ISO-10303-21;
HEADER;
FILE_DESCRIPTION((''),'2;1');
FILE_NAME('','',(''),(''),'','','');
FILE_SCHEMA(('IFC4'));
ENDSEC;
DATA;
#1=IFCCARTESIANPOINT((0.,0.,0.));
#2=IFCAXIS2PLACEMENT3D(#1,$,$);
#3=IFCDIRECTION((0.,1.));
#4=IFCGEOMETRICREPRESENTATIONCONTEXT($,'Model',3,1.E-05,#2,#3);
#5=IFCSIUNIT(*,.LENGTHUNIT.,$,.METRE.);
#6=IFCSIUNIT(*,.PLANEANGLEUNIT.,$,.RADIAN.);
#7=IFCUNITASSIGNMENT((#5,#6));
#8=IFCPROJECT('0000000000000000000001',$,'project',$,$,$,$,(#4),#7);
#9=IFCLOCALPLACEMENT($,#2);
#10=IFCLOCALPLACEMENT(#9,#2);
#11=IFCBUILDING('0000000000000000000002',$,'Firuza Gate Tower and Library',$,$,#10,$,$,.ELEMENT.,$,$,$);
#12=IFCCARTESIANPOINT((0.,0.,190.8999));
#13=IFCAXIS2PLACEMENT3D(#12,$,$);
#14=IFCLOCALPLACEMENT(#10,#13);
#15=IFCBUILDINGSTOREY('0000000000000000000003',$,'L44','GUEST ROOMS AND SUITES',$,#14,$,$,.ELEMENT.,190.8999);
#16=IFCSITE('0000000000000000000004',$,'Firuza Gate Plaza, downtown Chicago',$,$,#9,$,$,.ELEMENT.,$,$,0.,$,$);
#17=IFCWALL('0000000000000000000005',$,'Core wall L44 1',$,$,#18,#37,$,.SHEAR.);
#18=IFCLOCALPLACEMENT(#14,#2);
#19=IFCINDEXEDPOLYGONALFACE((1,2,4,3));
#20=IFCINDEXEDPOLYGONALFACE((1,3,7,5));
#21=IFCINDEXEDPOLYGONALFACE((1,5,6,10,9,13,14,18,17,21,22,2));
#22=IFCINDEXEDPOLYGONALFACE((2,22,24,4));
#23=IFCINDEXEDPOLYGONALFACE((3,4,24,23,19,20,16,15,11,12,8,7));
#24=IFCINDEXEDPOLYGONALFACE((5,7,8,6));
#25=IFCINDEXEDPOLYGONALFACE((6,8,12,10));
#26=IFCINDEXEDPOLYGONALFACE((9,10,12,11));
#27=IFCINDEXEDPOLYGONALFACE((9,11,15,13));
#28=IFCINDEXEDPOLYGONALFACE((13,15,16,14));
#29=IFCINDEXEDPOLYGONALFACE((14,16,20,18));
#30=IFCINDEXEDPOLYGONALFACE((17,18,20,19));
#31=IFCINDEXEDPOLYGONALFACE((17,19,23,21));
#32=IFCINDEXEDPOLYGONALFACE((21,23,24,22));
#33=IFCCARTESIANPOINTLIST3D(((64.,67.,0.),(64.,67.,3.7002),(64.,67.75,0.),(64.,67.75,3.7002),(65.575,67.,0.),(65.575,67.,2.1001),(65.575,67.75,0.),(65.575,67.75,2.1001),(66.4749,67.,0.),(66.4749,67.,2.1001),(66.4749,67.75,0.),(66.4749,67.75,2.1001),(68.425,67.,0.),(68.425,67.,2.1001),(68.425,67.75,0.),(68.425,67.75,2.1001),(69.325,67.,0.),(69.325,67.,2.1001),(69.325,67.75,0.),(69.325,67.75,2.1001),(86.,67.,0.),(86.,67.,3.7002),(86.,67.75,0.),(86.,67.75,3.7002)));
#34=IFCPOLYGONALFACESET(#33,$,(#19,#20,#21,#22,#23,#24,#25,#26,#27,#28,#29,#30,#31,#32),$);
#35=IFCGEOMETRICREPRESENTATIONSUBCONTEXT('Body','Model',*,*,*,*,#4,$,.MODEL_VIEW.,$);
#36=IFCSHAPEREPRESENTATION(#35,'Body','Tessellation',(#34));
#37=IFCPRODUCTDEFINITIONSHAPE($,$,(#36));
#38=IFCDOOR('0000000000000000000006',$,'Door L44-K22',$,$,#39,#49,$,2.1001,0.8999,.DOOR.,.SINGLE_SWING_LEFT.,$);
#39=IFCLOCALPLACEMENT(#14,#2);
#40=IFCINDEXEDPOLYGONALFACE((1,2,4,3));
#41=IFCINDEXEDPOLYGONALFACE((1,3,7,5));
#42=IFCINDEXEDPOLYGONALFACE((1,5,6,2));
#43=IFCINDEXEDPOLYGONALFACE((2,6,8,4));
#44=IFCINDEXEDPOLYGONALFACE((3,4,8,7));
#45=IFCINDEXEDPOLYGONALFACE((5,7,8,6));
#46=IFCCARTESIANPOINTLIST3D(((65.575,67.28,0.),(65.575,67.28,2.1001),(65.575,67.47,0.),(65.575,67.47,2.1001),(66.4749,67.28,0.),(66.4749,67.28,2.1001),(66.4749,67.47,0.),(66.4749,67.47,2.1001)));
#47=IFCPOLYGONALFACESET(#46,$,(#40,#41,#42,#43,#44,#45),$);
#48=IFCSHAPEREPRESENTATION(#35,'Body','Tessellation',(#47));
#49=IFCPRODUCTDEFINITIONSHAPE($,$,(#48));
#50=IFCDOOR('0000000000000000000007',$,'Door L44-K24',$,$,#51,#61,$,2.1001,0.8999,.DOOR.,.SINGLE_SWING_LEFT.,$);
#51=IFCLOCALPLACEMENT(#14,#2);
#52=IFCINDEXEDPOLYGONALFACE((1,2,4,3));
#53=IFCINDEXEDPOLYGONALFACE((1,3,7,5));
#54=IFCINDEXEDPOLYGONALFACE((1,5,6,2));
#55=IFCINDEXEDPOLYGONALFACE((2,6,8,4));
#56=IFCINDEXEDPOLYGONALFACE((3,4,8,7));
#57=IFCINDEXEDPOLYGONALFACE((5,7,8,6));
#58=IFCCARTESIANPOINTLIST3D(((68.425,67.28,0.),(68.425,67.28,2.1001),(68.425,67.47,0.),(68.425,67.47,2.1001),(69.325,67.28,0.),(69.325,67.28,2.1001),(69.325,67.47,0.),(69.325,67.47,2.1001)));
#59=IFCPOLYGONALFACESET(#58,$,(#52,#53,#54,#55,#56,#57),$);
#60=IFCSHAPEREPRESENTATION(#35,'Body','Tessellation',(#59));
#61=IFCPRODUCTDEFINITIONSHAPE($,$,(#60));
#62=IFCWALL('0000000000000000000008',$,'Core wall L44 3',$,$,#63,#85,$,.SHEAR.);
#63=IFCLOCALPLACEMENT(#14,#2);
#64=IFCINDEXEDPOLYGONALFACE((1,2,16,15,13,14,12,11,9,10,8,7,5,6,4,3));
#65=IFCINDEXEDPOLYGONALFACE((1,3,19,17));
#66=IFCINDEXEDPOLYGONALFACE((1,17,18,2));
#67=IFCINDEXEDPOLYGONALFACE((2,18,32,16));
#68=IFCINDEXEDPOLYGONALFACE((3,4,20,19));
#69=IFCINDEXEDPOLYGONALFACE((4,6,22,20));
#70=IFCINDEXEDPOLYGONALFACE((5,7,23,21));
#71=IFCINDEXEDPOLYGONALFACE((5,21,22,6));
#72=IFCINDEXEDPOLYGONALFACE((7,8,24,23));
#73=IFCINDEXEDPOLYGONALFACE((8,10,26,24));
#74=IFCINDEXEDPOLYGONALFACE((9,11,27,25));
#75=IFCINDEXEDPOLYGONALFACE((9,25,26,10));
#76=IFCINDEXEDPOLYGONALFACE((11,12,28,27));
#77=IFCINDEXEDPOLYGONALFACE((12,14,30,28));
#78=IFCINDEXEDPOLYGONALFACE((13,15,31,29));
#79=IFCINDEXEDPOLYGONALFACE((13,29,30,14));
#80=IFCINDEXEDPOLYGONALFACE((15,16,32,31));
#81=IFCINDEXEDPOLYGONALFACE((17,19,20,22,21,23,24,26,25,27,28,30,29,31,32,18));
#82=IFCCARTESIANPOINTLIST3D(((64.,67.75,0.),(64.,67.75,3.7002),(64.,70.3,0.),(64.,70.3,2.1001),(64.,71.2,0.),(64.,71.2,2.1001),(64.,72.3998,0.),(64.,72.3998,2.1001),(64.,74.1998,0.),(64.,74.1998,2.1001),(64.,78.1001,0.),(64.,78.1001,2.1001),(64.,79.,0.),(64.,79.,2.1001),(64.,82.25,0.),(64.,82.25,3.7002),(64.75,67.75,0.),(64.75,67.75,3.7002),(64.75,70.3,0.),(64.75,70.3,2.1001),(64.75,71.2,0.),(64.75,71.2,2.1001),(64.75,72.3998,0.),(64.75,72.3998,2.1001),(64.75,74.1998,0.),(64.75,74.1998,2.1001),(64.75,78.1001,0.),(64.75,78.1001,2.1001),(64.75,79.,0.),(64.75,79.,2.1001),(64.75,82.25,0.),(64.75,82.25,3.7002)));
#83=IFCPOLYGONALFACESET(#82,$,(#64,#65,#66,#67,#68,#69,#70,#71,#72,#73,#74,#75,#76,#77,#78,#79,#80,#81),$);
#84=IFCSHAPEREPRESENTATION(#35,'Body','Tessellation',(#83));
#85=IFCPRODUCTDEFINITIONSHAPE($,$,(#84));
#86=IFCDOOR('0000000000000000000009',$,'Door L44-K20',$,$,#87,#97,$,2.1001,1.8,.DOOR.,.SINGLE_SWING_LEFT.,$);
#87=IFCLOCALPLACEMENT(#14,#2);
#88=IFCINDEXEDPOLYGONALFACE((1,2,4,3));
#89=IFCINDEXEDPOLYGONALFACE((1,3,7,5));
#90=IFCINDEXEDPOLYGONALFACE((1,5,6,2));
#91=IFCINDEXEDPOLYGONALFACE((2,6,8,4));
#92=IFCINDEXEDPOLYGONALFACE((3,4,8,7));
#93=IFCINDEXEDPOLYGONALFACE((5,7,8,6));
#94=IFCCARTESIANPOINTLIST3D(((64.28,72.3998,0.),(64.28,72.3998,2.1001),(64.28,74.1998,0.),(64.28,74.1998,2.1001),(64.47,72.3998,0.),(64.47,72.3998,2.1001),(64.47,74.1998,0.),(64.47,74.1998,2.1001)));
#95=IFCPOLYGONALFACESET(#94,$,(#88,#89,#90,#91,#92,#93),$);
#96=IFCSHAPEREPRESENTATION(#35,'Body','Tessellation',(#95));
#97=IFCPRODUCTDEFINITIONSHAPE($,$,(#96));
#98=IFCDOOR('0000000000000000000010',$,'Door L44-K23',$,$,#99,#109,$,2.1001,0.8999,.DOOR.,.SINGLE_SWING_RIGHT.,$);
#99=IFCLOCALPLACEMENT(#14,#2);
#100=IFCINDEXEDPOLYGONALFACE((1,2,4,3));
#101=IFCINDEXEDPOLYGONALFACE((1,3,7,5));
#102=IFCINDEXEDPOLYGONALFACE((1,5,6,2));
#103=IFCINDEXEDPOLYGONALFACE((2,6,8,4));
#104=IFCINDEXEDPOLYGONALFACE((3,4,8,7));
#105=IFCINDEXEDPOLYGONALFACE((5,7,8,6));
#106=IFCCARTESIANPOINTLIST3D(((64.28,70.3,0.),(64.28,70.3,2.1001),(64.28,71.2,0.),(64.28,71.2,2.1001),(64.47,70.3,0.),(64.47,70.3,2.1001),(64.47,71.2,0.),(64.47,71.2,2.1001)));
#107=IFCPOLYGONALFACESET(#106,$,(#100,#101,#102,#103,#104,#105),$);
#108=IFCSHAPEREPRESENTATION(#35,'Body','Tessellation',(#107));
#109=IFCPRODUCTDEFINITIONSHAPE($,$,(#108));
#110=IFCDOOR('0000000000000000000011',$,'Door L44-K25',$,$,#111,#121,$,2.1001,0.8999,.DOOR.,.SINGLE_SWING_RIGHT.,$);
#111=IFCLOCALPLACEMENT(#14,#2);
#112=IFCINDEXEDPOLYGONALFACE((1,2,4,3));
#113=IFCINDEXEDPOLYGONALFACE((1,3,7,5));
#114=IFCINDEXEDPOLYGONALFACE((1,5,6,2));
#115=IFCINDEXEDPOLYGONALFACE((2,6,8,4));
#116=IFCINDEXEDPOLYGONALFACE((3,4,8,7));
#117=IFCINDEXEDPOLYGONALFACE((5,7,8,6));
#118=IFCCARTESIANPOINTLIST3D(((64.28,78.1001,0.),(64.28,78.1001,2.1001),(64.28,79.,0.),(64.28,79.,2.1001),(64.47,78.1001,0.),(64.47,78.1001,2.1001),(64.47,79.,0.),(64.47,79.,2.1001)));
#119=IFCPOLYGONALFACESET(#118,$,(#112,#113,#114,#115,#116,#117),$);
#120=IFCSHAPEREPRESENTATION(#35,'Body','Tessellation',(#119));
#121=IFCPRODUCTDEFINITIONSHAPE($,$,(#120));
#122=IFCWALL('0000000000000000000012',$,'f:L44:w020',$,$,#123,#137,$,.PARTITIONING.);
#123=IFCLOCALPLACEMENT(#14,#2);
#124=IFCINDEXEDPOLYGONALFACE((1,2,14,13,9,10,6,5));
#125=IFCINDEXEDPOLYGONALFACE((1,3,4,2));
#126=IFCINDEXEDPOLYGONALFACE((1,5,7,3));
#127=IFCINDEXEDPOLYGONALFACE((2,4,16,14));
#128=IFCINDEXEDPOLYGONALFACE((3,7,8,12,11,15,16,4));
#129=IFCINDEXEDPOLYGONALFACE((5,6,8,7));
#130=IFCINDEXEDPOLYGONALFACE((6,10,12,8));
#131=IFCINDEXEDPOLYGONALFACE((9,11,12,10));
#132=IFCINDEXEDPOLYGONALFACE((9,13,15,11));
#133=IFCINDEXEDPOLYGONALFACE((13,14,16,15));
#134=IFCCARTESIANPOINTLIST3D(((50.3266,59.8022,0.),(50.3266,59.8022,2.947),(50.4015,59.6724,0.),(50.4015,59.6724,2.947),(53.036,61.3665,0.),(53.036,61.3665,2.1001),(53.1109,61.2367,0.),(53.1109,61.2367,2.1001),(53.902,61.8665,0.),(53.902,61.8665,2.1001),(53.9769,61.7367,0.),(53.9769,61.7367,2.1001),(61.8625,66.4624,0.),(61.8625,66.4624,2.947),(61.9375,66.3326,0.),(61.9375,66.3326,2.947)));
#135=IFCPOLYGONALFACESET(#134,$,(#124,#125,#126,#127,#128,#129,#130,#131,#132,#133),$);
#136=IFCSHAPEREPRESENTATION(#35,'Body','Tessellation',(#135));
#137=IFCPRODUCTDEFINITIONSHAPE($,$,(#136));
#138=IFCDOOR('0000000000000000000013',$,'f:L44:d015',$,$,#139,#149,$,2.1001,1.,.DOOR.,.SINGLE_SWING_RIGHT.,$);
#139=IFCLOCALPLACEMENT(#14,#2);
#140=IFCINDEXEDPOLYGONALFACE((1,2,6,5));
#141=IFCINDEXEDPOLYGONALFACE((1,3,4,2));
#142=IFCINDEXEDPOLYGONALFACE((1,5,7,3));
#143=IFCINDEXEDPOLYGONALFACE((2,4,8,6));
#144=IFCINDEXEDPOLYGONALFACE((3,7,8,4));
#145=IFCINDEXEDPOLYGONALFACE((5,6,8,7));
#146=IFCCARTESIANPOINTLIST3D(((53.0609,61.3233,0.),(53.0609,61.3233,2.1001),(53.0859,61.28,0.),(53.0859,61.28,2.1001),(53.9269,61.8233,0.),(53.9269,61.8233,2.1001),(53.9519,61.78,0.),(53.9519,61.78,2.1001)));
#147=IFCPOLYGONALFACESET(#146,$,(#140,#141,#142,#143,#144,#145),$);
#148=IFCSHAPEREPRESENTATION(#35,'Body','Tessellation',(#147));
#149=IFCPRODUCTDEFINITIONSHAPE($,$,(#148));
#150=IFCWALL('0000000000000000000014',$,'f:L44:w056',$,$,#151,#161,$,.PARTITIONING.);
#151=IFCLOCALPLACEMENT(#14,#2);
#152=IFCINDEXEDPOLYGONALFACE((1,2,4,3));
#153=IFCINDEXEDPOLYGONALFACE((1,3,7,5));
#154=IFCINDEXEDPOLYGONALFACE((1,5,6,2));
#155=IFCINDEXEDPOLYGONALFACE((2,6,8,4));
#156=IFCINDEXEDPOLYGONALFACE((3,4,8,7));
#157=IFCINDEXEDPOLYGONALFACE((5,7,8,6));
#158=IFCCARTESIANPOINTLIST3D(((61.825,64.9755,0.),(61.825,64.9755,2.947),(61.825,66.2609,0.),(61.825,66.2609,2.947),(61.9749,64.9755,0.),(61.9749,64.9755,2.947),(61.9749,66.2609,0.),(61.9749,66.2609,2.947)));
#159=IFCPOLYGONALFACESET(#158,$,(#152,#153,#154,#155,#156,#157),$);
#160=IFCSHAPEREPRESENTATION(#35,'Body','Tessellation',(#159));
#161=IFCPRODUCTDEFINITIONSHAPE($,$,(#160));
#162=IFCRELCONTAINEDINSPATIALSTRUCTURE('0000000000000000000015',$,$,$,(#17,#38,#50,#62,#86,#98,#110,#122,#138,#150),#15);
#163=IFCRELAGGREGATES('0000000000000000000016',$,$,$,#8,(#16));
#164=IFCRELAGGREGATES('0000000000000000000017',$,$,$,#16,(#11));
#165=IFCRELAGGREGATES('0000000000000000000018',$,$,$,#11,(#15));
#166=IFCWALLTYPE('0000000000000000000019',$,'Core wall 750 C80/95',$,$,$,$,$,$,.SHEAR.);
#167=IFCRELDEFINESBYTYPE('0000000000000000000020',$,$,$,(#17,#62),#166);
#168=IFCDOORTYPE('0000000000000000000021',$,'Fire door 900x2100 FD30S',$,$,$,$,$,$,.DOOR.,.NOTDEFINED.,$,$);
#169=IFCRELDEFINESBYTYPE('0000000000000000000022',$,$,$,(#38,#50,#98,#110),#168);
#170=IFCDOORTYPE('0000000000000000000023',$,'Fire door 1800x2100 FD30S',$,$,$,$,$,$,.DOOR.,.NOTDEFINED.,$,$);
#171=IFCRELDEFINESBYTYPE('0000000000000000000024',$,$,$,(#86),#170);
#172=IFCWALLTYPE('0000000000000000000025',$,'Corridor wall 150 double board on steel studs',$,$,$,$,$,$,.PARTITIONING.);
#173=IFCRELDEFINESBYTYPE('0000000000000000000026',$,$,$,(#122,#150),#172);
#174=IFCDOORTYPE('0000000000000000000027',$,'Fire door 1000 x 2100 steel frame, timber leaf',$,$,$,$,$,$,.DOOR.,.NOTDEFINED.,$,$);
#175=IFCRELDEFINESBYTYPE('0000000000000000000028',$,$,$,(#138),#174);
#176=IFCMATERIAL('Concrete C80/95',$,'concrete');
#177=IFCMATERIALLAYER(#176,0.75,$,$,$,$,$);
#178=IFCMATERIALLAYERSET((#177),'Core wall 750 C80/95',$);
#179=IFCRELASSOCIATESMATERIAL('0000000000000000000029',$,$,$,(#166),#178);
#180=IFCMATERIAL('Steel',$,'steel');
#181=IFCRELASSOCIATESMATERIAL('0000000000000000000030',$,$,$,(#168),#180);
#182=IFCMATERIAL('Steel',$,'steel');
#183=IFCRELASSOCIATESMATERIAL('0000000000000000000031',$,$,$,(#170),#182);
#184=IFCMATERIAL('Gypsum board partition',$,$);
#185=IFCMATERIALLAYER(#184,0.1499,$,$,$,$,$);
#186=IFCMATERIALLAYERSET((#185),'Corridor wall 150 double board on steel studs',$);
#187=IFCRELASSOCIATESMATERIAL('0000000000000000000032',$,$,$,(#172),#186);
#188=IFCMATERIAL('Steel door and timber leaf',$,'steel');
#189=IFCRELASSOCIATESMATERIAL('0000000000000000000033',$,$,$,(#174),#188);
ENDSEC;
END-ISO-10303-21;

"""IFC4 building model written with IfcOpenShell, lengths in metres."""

from ifc_helpers import new_model, si_unit, direction, frame, frame_2d, origin, place, context, subcontext, project, spatial, rectangle, extrude, material, layer, layer_set, type_object, element, fill, save


model = new_model("IFC4")

# Units and contexts
model_context = context("Model", 3, precision=1e-05, world=origin(), true_north=direction((0.0, 1.0)))
body_context = subcontext(model_context, "Body", "Model", "MODEL_VIEW")
ifc_project = project(units=[si_unit("LENGTHUNIT", "METRE"), si_unit("PLANEANGLEUNIT", "RADIAN")], contexts=[model_context])

# Site, building, storey
site_placement = place(None, origin())
site = spatial("IfcSite", under=ifc_project, at=site_placement, Name="Firuza Gate Plaza, downtown Chicago", CompositionType="ELEMENT", RefElevation=0.0)
building_placement = place(site_placement, origin())
building = spatial("IfcBuilding", under=site, at=building_placement, Name="Firuza Gate Tower and Library", CompositionType="ELEMENT")
storey_placement = place(building_placement, frame((0.0, 0.0, 190.8999)))
storey = spatial("IfcBuildingStorey", under=building, at=storey_placement, Name="L44", Description="GUEST ROOMS AND SUITES", CompositionType="ELEMENT", Elevation=190.8999)

# Walls, openings, doors
ifc_material_1 = material(Name="Concrete C80/95", Category="concrete")
ifc_layer_1 = layer(ifc_material_1, 0.75)
ifc_layer_set_1 = layer_set([ifc_layer_1], Name="Core wall 750 C80/95")
wall_type_1 = type_object("IfcWallType", Name="Core wall 750 C80/95", PredefinedType="SHEAR", material=ifc_layer_set_1)
wall_1_placement = place(storey_placement, frame((64.0, 67.375, 0.0), z_axis=(0.0, 0.0, 1.0), x_axis=(1.0, 0.0, 0.0)))
wall_1 = element("IfcWall", 1, at=wall_1_placement, inside=storey, type_object=wall_type_1, Name="Core wall L44 1", PredefinedType="SHEAR", context=body_context, shape_type="SweptSolid", body=[
    extrude(rectangle(XDim=22.0, YDim=0.75, at=frame_2d((11.0, 0.0))), origin(), (0.0, 0.0, 1.0), 3.7002),
])
opening_1_placement = place(wall_1_placement, frame((1.575, 0.0, 0.0)))
opening_1 = element("IfcOpeningElement", 2, at=opening_1_placement, cuts=wall_1, PredefinedType="OPENING", context=body_context, shape_type="SweptSolid", body=[
    extrude(rectangle(XDim=0.8999, YDim=2.1001, at=frame_2d((0.45, 1.05))), frame((0.0, 0.385, 0.0), z_axis=(0.0, -1.0, 0.0), x_axis=(1.0, 0.0, 0.0)), (0.0, 0.0, 1.0), 0.77),
])
opening_2_placement = place(wall_1_placement, frame((4.425, 0.0, 0.0)))
opening_2 = element("IfcOpeningElement", 3, at=opening_2_placement, cuts=wall_1, PredefinedType="OPENING", context=body_context, shape_type="SweptSolid", body=[
    extrude(rectangle(XDim=0.8999, YDim=2.1001, at=frame_2d((0.45, 1.05))), frame((0.0, 0.385, 0.0), z_axis=(0.0, -1.0, 0.0), x_axis=(1.0, 0.0, 0.0)), (0.0, 0.0, 1.0), 0.77),
])
ifc_material_2 = material(Name="Steel", Category="steel")
door_type_1 = type_object("IfcDoorType", Name="Fire door 900x2100 FD30S", OperationType="NOTDEFINED", PredefinedType="DOOR", material=ifc_material_2)
door_1_placement = place(opening_1_placement, origin())
door_1 = element("IfcDoor", 4, at=door_1_placement, inside=storey, type_object=door_type_1, Name="Door L44-K22", OperationType="SINGLE_SWING_LEFT", OverallHeight=2.1001, OverallWidth=0.8999, PredefinedType="DOOR", context=body_context, shape_type="SweptSolid", body=[
    extrude(rectangle(XDim=0.8999, YDim=2.1001, at=frame_2d((0.45, 1.05))), frame((0.0, 0.095, 0.0), z_axis=(0.0, -1.0, 0.0), x_axis=(1.0, 0.0, 0.0)), (0.0, 0.0, 1.0), 0.1899),
])
fill(opening_1, door_1)
door_2_placement = place(opening_2_placement, origin())
door_2 = element("IfcDoor", 5, at=door_2_placement, inside=storey, type_object=door_type_1, Name="Door L44-K24", OperationType="SINGLE_SWING_LEFT", OverallHeight=2.1001, OverallWidth=0.8999, PredefinedType="DOOR", context=body_context, shape_type="SweptSolid", body=[
    extrude(rectangle(XDim=0.8999, YDim=2.1001, at=frame_2d((0.45, 1.05))), frame((0.0, 0.095, 0.0), z_axis=(0.0, -1.0, 0.0), x_axis=(1.0, 0.0, 0.0)), (0.0, 0.0, 1.0), 0.1899),
])
fill(opening_2, door_2)
wall_2_placement = place(storey_placement, frame((64.375, 67.75, 0.0), z_axis=(0.0, 0.0, 1.0), x_axis=(0.0, 1.0, 0.0)))
wall_2 = element("IfcWall", 6, at=wall_2_placement, inside=storey, type_object=wall_type_1, Name="Core wall L44 3", PredefinedType="SHEAR", context=body_context, shape_type="SweptSolid", body=[
    extrude(rectangle(XDim=14.5, YDim=0.75, at=frame_2d((7.25, 0.0))), origin(), (0.0, 0.0, 1.0), 3.7002),
])
opening_3_placement = place(wall_2_placement, frame((4.6499, 0.0, 0.0)))
opening_3 = element("IfcOpeningElement", 7, at=opening_3_placement, cuts=wall_2, PredefinedType="OPENING", context=body_context, shape_type="SweptSolid", body=[
    extrude(rectangle(XDim=1.8, YDim=2.1001, at=frame_2d((0.8999, 1.05))), frame((0.0, 0.385, 0.0), z_axis=(0.0, -1.0, 0.0), x_axis=(1.0, 0.0, 0.0)), (0.0, 0.0, 1.0), 0.77),
])
opening_4_placement = place(wall_2_placement, frame((2.55, 0.0, 0.0)))
opening_4 = element("IfcOpeningElement", 8, at=opening_4_placement, cuts=wall_2, PredefinedType="OPENING", context=body_context, shape_type="SweptSolid", body=[
    extrude(rectangle(XDim=0.8999, YDim=2.1001, at=frame_2d((0.45, 1.05))), frame((0.0, 0.385, 0.0), z_axis=(0.0, -1.0, 0.0), x_axis=(1.0, 0.0, 0.0)), (0.0, 0.0, 1.0), 0.77),
])
opening_5_placement = place(wall_2_placement, frame((10.3501, 0.0, 0.0)))
opening_5 = element("IfcOpeningElement", 9, at=opening_5_placement, cuts=wall_2, PredefinedType="OPENING", context=body_context, shape_type="SweptSolid", body=[
    extrude(rectangle(XDim=0.8999, YDim=2.1001, at=frame_2d((0.45, 1.05))), frame((0.0, 0.385, 0.0), z_axis=(0.0, -1.0, 0.0), x_axis=(1.0, 0.0, 0.0)), (0.0, 0.0, 1.0), 0.77),
])
ifc_material_3 = material(Name="Steel", Category="steel")
door_type_2 = type_object("IfcDoorType", Name="Fire door 1800x2100 FD30S", OperationType="NOTDEFINED", PredefinedType="DOOR", material=ifc_material_3)
door_3_placement = place(opening_3_placement, origin())
door_3 = element("IfcDoor", 10, at=door_3_placement, inside=storey, type_object=door_type_2, Name="Door L44-K20", OperationType="SINGLE_SWING_LEFT", OverallHeight=2.1001, OverallWidth=1.8, PredefinedType="DOOR", context=body_context, shape_type="SweptSolid", body=[
    extrude(rectangle(XDim=1.8, YDim=2.1001, at=frame_2d((0.8999, 1.05))), frame((0.0, 0.095, 0.0), z_axis=(0.0, -1.0, 0.0), x_axis=(1.0, 0.0, 0.0)), (0.0, 0.0, 1.0), 0.1899),
])
fill(opening_3, door_3)
door_4_placement = place(opening_4_placement, origin())
door_4 = element("IfcDoor", 11, at=door_4_placement, inside=storey, type_object=door_type_1, Name="Door L44-K23", OperationType="SINGLE_SWING_RIGHT", OverallHeight=2.1001, OverallWidth=0.8999, PredefinedType="DOOR", context=body_context, shape_type="SweptSolid", body=[
    extrude(rectangle(XDim=0.8999, YDim=2.1001, at=frame_2d((0.45, 1.05))), frame((0.0, 0.095, 0.0), z_axis=(0.0, -1.0, 0.0), x_axis=(1.0, 0.0, 0.0)), (0.0, 0.0, 1.0), 0.1899),
])
fill(opening_4, door_4)
door_5_placement = place(opening_5_placement, origin())
door_5 = element("IfcDoor", 12, at=door_5_placement, inside=storey, type_object=door_type_1, Name="Door L44-K25", OperationType="SINGLE_SWING_RIGHT", OverallHeight=2.1001, OverallWidth=0.8999, PredefinedType="DOOR", context=body_context, shape_type="SweptSolid", body=[
    extrude(rectangle(XDim=0.8999, YDim=2.1001, at=frame_2d((0.45, 1.05))), frame((0.0, 0.095, 0.0), z_axis=(0.0, -1.0, 0.0), x_axis=(1.0, 0.0, 0.0)), (0.0, 0.0, 1.0), 0.1899),
])
fill(opening_5, door_5)

# Wall, opening, door
ifc_material_4 = material(Name="Gypsum board partition")
ifc_layer_2 = layer(ifc_material_4, 0.1499)
ifc_layer_set_2 = layer_set([ifc_layer_2], Name="Corridor wall 150 double board on steel studs")
wall_type_2 = type_object("IfcWallType", Name="Corridor wall 150 double board on steel studs", PredefinedType="PARTITIONING", material=ifc_layer_set_2)
wall_3_placement = place(storey_placement, frame((61.8999, 66.3975, 0.0), z_axis=(0.0, 0.0, 1.0), x_axis=(-0.866028, -0.499995, 0.0)))
wall_3 = element("IfcWall", 13, at=wall_3_placement, inside=storey, type_object=wall_type_2, Name="f:L44:w020", PredefinedType="PARTITIONING", context=body_context, shape_type="SweptSolid", body=[
    extrude(rectangle(XDim=13.3206, YDim=0.1499, at=frame_2d((6.6602, 0.0))), origin(), (0.0, 0.0, 1.0), 2.947),
])
opening_6_placement = place(wall_3_placement, frame((9.1919, 0.0, 0.0)))
opening_6 = element("IfcOpeningElement", 14, at=opening_6_placement, cuts=wall_3, PredefinedType="OPENING", context=body_context, shape_type="SweptSolid", body=[
    extrude(rectangle(XDim=1.0, YDim=2.1001, at=frame_2d((0.5, 1.05))), frame((0.0, 0.085, 0.0), z_axis=(0.0, -1.0, 0.0), x_axis=(1.0, 0.0, 0.0)), (0.0, 0.0, 1.0), 0.1699),
])
ifc_material_5 = material(Name="Steel door and timber leaf", Category="steel")
door_type_3 = type_object("IfcDoorType", Name="Fire door 1000 x 2100 steel frame, timber leaf", OperationType="NOTDEFINED", PredefinedType="DOOR", material=ifc_material_5)
door_6_placement = place(opening_6_placement, origin())
door_6 = element("IfcDoor", 15, at=door_6_placement, inside=storey, type_object=door_type_3, Name="f:L44:d015", OperationType="SINGLE_SWING_RIGHT", OverallHeight=2.1001, OverallWidth=1.0, PredefinedType="DOOR", context=body_context, shape_type="SweptSolid", body=[
    extrude(rectangle(XDim=1.0, YDim=2.1001, at=frame_2d((0.5, 1.05))), frame((0.0, 0.0249, 0.0), z_axis=(0.0, -1.0, 0.0), x_axis=(1.0, 0.0, 0.0)), (0.0, 0.0, 1.0), 0.05),
])
fill(opening_6, door_6)

# Wall
wall_4_placement = place(storey_placement, frame((61.8999, 64.9756, 0.0), z_axis=(0.0, 0.0, 1.0), x_axis=(0.0, 1.0, 0.0)))
element("IfcWall", 16, at=wall_4_placement, inside=storey, type_object=wall_type_2, Name="f:L44:w056", PredefinedType="PARTITIONING", context=body_context, shape_type="SweptSolid", body=[
    extrude(rectangle(XDim=1.2854, YDim=0.1499, at=frame_2d((0.6426, 0.0))), origin(), (0.0, 0.0, 1.0), 2.947),
])

save(model, "model.ifc")
